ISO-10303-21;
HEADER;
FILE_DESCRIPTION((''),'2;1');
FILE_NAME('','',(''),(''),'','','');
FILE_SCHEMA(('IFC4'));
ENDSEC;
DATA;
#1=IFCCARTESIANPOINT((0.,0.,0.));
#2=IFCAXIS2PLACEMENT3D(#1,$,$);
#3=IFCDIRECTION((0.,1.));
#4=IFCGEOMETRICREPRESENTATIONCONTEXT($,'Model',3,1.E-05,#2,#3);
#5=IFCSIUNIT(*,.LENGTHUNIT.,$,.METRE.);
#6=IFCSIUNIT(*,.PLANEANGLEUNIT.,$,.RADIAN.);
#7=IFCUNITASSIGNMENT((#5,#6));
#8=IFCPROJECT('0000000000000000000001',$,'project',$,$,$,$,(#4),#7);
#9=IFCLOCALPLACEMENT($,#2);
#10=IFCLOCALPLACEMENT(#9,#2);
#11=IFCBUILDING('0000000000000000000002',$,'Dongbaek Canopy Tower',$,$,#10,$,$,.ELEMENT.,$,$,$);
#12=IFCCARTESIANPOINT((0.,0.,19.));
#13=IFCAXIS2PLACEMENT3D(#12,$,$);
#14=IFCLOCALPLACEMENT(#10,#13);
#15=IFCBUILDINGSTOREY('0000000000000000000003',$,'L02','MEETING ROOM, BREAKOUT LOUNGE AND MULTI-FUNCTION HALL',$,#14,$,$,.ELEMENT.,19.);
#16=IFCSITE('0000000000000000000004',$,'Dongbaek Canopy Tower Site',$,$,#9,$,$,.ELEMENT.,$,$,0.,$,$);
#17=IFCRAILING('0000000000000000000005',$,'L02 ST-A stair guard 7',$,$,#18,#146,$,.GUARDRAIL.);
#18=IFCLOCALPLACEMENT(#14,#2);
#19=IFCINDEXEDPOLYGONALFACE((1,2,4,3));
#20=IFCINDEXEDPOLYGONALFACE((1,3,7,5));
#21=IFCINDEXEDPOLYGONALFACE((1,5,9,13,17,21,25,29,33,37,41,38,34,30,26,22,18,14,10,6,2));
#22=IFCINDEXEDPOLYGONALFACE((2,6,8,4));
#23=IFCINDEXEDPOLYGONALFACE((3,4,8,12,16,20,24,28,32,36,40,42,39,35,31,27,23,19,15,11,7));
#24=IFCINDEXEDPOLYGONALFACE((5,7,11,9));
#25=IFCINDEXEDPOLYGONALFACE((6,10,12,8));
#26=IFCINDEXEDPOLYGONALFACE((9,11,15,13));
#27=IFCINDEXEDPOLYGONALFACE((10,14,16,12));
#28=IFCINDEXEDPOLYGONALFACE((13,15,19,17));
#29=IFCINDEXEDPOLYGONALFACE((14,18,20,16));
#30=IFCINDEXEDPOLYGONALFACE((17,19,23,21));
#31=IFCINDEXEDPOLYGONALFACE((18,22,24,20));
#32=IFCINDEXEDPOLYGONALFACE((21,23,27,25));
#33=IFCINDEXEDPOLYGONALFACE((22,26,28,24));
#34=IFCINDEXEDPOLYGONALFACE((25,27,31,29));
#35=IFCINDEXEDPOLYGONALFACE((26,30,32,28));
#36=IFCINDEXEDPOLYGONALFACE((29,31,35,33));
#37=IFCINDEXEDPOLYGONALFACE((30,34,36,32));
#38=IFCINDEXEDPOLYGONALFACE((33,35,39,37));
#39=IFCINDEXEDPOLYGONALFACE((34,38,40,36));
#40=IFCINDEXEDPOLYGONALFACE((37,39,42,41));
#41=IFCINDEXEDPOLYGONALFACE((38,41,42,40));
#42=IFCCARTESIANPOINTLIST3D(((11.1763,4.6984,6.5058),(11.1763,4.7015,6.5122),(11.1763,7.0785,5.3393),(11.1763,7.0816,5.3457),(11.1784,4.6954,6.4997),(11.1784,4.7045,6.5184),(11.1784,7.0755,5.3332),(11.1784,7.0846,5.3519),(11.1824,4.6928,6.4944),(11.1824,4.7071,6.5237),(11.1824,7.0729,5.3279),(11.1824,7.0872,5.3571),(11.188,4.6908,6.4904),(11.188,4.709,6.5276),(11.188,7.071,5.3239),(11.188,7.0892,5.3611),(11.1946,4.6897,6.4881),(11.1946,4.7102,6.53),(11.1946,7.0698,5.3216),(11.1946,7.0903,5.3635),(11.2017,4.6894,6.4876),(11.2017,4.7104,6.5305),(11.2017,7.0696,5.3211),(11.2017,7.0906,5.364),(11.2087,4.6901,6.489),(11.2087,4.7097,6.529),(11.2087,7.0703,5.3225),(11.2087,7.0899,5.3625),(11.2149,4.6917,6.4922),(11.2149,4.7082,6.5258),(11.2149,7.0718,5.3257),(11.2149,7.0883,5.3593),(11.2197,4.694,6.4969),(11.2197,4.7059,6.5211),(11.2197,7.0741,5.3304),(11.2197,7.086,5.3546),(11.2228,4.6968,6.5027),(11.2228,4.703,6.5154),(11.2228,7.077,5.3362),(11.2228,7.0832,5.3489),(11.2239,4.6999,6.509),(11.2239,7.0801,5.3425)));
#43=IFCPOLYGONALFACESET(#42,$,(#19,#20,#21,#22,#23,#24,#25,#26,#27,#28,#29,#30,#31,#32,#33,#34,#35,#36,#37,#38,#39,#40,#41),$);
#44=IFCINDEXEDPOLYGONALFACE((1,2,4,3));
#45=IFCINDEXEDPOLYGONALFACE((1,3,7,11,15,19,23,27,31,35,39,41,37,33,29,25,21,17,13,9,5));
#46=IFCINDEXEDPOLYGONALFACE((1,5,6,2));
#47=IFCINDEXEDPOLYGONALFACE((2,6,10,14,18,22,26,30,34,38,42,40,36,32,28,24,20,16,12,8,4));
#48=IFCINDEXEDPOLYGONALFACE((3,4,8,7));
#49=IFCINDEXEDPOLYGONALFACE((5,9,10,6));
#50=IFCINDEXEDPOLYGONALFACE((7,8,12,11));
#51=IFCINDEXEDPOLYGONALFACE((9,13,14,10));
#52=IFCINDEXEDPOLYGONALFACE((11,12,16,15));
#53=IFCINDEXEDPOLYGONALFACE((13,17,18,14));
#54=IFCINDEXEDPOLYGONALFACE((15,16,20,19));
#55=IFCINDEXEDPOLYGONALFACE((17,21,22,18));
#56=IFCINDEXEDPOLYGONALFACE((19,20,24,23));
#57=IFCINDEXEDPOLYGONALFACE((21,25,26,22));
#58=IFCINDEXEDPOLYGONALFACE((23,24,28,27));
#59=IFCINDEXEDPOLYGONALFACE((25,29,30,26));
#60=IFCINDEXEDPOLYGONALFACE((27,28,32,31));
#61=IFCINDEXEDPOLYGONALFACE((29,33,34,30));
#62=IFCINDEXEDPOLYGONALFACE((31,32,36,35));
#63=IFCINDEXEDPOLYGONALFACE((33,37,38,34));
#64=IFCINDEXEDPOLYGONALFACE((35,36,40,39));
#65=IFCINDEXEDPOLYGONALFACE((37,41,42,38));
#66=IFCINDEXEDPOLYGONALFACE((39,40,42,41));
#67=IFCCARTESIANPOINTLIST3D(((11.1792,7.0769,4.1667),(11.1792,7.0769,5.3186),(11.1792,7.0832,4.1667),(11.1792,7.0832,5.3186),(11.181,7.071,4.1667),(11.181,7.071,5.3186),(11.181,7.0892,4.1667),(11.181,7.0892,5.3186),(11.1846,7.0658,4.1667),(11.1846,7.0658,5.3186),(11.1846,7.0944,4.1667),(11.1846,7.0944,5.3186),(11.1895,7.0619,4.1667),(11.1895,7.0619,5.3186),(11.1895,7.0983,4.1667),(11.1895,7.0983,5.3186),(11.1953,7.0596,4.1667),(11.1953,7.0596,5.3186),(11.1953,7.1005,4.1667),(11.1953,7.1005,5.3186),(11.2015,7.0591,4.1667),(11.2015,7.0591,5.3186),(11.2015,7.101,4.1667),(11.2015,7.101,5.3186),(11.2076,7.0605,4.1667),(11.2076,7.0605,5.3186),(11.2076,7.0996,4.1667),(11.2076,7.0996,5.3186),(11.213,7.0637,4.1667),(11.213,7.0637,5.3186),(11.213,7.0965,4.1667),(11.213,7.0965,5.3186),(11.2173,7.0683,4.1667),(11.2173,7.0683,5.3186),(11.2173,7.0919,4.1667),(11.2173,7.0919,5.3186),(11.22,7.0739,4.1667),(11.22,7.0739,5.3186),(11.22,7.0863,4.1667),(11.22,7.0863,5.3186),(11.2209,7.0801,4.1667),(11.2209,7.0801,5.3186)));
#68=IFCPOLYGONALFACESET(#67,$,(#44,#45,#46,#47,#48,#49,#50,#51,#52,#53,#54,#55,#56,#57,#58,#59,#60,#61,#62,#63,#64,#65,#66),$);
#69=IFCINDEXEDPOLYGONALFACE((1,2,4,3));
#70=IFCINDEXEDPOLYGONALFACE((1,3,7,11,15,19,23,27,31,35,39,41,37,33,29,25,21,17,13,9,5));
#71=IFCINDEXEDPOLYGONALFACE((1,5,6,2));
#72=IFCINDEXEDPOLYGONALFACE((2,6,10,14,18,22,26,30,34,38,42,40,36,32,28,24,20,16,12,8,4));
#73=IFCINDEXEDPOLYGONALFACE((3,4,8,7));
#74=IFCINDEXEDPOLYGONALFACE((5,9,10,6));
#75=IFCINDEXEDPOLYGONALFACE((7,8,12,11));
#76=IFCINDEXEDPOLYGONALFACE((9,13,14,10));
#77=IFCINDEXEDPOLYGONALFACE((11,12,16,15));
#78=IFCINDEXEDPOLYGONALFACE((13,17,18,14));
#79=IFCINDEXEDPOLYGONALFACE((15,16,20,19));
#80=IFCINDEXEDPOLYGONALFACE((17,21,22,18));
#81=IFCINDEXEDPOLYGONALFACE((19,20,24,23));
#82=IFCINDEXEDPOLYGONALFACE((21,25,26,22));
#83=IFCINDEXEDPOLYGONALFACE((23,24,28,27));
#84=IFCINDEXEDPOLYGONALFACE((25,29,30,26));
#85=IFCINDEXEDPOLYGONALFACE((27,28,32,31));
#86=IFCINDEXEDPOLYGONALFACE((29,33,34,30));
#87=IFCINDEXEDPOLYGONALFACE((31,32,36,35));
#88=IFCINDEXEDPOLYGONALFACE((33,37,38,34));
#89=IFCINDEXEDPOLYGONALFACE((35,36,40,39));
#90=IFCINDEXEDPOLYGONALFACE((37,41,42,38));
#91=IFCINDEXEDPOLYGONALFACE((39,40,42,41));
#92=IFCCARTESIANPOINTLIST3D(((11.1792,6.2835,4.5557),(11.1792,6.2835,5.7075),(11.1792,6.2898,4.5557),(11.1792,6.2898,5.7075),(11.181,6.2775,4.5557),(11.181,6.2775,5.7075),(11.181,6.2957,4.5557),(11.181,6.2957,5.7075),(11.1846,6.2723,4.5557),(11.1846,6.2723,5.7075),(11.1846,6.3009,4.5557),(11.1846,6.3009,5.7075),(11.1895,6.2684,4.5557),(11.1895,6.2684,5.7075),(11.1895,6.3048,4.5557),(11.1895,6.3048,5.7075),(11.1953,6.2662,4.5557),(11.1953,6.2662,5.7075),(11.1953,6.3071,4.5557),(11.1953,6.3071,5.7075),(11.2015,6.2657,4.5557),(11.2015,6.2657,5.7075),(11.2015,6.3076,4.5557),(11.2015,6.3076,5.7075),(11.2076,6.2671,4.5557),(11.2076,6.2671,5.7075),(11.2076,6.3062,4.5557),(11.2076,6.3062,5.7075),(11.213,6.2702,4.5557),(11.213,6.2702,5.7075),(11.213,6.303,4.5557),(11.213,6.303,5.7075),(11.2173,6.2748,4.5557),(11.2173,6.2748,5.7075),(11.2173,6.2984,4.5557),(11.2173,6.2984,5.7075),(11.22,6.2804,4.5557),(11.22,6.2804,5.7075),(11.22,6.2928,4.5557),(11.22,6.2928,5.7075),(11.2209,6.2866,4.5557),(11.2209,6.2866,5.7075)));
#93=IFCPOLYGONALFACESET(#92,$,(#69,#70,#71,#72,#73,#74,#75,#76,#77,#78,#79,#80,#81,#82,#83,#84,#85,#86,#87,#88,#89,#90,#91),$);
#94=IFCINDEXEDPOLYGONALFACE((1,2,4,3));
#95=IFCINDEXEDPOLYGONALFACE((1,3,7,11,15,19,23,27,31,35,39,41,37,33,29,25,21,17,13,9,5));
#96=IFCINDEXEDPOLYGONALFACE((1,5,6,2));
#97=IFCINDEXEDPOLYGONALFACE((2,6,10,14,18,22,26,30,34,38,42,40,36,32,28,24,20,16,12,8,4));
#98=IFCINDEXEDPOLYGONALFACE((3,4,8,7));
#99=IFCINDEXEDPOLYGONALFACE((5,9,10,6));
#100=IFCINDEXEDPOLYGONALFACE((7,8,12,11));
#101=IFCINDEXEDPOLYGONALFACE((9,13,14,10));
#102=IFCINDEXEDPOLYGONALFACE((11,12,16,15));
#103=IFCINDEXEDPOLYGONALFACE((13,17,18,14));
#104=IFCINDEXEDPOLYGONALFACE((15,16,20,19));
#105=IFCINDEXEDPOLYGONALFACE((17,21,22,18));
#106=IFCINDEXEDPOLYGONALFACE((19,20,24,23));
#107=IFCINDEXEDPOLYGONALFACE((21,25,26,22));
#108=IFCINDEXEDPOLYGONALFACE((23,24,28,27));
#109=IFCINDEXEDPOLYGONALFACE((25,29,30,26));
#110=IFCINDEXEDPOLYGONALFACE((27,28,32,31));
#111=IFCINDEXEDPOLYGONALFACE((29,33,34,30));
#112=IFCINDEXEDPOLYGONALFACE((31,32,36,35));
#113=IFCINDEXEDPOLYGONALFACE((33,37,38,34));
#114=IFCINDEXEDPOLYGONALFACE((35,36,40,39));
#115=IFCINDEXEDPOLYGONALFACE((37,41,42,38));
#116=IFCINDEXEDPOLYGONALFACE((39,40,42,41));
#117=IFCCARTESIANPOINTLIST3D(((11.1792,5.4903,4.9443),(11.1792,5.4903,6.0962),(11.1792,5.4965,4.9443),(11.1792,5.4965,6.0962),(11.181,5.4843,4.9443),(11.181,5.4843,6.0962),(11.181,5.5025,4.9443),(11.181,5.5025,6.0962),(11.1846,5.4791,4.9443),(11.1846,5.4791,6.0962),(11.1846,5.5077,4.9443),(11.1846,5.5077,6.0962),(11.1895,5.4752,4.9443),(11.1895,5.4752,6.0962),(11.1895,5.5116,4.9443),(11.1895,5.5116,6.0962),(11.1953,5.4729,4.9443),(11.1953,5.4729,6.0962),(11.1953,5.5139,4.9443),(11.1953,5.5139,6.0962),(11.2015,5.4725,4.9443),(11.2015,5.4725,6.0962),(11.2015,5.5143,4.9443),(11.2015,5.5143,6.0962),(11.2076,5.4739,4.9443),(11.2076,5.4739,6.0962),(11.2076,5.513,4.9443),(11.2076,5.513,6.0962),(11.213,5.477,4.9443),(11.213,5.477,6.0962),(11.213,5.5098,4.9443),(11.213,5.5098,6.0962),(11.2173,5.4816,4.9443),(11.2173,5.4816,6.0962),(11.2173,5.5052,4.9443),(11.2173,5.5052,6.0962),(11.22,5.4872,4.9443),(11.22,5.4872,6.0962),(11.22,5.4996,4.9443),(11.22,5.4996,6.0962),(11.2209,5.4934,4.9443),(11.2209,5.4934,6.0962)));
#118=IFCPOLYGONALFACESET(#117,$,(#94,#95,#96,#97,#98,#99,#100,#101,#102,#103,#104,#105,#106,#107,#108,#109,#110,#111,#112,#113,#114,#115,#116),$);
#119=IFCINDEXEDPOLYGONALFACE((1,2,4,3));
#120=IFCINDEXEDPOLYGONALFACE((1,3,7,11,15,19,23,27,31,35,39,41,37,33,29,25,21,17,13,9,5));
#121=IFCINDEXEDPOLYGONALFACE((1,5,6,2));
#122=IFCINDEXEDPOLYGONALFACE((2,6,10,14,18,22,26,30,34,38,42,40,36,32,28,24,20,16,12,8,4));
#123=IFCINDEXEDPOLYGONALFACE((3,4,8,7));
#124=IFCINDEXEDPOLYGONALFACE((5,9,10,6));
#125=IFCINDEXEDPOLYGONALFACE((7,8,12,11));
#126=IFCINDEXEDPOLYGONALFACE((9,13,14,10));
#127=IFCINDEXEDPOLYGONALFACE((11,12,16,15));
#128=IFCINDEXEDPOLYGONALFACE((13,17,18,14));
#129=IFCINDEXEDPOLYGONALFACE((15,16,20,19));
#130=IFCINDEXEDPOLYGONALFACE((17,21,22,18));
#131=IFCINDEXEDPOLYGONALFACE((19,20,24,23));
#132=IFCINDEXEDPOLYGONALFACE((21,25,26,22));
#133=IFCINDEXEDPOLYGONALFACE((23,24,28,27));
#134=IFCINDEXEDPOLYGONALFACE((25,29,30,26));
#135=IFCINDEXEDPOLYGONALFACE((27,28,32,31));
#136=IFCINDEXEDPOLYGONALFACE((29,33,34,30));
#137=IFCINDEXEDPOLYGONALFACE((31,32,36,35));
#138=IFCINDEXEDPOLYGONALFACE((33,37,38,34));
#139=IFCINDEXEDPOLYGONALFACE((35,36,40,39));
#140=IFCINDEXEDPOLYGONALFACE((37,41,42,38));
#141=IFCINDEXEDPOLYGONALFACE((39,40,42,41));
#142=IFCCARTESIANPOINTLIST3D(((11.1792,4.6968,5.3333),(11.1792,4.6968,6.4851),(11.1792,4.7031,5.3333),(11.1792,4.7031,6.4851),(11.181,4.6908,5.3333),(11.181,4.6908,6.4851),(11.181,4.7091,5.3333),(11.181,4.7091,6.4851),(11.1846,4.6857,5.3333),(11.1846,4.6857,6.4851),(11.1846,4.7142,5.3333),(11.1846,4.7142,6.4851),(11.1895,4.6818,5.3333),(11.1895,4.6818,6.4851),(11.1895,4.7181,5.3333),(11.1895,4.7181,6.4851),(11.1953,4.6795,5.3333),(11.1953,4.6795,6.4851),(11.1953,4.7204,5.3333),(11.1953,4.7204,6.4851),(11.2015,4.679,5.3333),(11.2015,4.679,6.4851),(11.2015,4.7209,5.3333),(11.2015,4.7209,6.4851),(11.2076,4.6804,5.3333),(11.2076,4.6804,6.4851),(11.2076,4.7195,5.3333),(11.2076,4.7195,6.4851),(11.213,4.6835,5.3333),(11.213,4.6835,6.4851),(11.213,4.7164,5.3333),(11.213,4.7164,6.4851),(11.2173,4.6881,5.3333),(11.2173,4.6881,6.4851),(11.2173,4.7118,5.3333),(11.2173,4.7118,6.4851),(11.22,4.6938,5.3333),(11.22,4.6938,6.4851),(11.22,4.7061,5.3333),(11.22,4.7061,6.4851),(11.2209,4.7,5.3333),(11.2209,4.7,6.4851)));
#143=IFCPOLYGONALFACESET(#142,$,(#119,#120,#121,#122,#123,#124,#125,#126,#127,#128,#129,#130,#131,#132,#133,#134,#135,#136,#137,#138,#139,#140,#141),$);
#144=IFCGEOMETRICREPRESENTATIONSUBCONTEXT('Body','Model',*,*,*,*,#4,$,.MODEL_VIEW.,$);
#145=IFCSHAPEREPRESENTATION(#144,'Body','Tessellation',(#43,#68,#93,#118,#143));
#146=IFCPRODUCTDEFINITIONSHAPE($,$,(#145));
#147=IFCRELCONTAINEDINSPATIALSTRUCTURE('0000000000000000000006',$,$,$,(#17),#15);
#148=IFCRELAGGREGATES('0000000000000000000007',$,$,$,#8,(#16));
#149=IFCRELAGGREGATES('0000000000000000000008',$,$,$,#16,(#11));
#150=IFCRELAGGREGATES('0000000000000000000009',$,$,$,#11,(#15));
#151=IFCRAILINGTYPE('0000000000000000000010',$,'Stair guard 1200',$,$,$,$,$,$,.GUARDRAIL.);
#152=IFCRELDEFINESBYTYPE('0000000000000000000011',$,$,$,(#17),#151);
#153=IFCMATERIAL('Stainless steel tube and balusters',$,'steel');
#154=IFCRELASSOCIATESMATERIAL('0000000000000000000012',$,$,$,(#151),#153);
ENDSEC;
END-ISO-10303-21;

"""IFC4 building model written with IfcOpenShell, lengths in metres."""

from ifc_helpers import new_model, si_unit, direction, frame, origin, origin_2d, place, context, subcontext, project, spatial, circle, extrude, material, type_object, element, save


model = new_model("IFC4")

# Units and contexts
model_context = context("Model", 3, precision=1e-05, world=origin(), true_north=direction((0.0, 1.0)))
body_context = subcontext(model_context, "Body", "Model", "MODEL_VIEW")
ifc_project = project(units=[si_unit("LENGTHUNIT", "METRE"), si_unit("PLANEANGLEUNIT", "RADIAN")], contexts=[model_context])

# Site, building, storey
site_placement = place(None, origin())
site = spatial("IfcSite", under=ifc_project, at=site_placement, Name="Dongbaek Canopy Tower Site", CompositionType="ELEMENT", RefElevation=0.0)
building_placement = place(site_placement, origin())
building = spatial("IfcBuilding", under=site, at=building_placement, Name="Dongbaek Canopy Tower", CompositionType="ELEMENT")
storey_placement = place(building_placement, frame((0.0, 0.0, 19.0)))
storey = spatial("IfcBuildingStorey", under=building, at=storey_placement, Name="L02", Description="MEETING ROOM, BREAKOUT LOUNGE AND MULTI-FUNCTION HALL", CompositionType="ELEMENT", Elevation=19.0)

# Railing
ifc_material_1 = material(Name="Stainless steel tube and balusters", Category="steel")
railing_type_1 = type_object("IfcRailingType", Name="Stair guard 1200", PredefinedType="GUARDRAIL", material=ifc_material_1)
railing_1_placement = place(storey_placement, frame((11.2, 7.0801, 4.1667)))
element("IfcRailing", 1, at=railing_1_placement, inside=storey, type_object=railing_type_1, Name="L02 ST-A stair guard 7", PredefinedType="GUARDRAIL", context=body_context, shape_type="SweptSolid", body=[
    extrude(circle(Radius=0.0239, at=origin_2d()), frame((0.0, 0.0, 1.1758), z_axis=(0.0, -0.897954, 0.440089), x_axis=(1.0, 0.0, 0.0)), (0.0, 0.0, 1.0), 2.6506),
    extrude(circle(Radius=0.021, at=origin_2d()), origin(), (0.0, 0.0, 1.0), 1.1519),
    extrude(circle(Radius=0.021, at=origin_2d()), frame((0.0, -0.7935, 0.3889)), (0.0, 0.0, 1.0), 1.1519),
    extrude(circle(Radius=0.021, at=origin_2d()), frame((0.0, -1.5867, 0.7776)), (0.0, 0.0, 1.0), 1.1519),
    extrude(circle(Radius=0.021, at=origin_2d()), frame((0.0, -2.3801, 1.1665)), (0.0, 0.0, 1.0), 1.1519),
])

save(model, "model.ifc")
